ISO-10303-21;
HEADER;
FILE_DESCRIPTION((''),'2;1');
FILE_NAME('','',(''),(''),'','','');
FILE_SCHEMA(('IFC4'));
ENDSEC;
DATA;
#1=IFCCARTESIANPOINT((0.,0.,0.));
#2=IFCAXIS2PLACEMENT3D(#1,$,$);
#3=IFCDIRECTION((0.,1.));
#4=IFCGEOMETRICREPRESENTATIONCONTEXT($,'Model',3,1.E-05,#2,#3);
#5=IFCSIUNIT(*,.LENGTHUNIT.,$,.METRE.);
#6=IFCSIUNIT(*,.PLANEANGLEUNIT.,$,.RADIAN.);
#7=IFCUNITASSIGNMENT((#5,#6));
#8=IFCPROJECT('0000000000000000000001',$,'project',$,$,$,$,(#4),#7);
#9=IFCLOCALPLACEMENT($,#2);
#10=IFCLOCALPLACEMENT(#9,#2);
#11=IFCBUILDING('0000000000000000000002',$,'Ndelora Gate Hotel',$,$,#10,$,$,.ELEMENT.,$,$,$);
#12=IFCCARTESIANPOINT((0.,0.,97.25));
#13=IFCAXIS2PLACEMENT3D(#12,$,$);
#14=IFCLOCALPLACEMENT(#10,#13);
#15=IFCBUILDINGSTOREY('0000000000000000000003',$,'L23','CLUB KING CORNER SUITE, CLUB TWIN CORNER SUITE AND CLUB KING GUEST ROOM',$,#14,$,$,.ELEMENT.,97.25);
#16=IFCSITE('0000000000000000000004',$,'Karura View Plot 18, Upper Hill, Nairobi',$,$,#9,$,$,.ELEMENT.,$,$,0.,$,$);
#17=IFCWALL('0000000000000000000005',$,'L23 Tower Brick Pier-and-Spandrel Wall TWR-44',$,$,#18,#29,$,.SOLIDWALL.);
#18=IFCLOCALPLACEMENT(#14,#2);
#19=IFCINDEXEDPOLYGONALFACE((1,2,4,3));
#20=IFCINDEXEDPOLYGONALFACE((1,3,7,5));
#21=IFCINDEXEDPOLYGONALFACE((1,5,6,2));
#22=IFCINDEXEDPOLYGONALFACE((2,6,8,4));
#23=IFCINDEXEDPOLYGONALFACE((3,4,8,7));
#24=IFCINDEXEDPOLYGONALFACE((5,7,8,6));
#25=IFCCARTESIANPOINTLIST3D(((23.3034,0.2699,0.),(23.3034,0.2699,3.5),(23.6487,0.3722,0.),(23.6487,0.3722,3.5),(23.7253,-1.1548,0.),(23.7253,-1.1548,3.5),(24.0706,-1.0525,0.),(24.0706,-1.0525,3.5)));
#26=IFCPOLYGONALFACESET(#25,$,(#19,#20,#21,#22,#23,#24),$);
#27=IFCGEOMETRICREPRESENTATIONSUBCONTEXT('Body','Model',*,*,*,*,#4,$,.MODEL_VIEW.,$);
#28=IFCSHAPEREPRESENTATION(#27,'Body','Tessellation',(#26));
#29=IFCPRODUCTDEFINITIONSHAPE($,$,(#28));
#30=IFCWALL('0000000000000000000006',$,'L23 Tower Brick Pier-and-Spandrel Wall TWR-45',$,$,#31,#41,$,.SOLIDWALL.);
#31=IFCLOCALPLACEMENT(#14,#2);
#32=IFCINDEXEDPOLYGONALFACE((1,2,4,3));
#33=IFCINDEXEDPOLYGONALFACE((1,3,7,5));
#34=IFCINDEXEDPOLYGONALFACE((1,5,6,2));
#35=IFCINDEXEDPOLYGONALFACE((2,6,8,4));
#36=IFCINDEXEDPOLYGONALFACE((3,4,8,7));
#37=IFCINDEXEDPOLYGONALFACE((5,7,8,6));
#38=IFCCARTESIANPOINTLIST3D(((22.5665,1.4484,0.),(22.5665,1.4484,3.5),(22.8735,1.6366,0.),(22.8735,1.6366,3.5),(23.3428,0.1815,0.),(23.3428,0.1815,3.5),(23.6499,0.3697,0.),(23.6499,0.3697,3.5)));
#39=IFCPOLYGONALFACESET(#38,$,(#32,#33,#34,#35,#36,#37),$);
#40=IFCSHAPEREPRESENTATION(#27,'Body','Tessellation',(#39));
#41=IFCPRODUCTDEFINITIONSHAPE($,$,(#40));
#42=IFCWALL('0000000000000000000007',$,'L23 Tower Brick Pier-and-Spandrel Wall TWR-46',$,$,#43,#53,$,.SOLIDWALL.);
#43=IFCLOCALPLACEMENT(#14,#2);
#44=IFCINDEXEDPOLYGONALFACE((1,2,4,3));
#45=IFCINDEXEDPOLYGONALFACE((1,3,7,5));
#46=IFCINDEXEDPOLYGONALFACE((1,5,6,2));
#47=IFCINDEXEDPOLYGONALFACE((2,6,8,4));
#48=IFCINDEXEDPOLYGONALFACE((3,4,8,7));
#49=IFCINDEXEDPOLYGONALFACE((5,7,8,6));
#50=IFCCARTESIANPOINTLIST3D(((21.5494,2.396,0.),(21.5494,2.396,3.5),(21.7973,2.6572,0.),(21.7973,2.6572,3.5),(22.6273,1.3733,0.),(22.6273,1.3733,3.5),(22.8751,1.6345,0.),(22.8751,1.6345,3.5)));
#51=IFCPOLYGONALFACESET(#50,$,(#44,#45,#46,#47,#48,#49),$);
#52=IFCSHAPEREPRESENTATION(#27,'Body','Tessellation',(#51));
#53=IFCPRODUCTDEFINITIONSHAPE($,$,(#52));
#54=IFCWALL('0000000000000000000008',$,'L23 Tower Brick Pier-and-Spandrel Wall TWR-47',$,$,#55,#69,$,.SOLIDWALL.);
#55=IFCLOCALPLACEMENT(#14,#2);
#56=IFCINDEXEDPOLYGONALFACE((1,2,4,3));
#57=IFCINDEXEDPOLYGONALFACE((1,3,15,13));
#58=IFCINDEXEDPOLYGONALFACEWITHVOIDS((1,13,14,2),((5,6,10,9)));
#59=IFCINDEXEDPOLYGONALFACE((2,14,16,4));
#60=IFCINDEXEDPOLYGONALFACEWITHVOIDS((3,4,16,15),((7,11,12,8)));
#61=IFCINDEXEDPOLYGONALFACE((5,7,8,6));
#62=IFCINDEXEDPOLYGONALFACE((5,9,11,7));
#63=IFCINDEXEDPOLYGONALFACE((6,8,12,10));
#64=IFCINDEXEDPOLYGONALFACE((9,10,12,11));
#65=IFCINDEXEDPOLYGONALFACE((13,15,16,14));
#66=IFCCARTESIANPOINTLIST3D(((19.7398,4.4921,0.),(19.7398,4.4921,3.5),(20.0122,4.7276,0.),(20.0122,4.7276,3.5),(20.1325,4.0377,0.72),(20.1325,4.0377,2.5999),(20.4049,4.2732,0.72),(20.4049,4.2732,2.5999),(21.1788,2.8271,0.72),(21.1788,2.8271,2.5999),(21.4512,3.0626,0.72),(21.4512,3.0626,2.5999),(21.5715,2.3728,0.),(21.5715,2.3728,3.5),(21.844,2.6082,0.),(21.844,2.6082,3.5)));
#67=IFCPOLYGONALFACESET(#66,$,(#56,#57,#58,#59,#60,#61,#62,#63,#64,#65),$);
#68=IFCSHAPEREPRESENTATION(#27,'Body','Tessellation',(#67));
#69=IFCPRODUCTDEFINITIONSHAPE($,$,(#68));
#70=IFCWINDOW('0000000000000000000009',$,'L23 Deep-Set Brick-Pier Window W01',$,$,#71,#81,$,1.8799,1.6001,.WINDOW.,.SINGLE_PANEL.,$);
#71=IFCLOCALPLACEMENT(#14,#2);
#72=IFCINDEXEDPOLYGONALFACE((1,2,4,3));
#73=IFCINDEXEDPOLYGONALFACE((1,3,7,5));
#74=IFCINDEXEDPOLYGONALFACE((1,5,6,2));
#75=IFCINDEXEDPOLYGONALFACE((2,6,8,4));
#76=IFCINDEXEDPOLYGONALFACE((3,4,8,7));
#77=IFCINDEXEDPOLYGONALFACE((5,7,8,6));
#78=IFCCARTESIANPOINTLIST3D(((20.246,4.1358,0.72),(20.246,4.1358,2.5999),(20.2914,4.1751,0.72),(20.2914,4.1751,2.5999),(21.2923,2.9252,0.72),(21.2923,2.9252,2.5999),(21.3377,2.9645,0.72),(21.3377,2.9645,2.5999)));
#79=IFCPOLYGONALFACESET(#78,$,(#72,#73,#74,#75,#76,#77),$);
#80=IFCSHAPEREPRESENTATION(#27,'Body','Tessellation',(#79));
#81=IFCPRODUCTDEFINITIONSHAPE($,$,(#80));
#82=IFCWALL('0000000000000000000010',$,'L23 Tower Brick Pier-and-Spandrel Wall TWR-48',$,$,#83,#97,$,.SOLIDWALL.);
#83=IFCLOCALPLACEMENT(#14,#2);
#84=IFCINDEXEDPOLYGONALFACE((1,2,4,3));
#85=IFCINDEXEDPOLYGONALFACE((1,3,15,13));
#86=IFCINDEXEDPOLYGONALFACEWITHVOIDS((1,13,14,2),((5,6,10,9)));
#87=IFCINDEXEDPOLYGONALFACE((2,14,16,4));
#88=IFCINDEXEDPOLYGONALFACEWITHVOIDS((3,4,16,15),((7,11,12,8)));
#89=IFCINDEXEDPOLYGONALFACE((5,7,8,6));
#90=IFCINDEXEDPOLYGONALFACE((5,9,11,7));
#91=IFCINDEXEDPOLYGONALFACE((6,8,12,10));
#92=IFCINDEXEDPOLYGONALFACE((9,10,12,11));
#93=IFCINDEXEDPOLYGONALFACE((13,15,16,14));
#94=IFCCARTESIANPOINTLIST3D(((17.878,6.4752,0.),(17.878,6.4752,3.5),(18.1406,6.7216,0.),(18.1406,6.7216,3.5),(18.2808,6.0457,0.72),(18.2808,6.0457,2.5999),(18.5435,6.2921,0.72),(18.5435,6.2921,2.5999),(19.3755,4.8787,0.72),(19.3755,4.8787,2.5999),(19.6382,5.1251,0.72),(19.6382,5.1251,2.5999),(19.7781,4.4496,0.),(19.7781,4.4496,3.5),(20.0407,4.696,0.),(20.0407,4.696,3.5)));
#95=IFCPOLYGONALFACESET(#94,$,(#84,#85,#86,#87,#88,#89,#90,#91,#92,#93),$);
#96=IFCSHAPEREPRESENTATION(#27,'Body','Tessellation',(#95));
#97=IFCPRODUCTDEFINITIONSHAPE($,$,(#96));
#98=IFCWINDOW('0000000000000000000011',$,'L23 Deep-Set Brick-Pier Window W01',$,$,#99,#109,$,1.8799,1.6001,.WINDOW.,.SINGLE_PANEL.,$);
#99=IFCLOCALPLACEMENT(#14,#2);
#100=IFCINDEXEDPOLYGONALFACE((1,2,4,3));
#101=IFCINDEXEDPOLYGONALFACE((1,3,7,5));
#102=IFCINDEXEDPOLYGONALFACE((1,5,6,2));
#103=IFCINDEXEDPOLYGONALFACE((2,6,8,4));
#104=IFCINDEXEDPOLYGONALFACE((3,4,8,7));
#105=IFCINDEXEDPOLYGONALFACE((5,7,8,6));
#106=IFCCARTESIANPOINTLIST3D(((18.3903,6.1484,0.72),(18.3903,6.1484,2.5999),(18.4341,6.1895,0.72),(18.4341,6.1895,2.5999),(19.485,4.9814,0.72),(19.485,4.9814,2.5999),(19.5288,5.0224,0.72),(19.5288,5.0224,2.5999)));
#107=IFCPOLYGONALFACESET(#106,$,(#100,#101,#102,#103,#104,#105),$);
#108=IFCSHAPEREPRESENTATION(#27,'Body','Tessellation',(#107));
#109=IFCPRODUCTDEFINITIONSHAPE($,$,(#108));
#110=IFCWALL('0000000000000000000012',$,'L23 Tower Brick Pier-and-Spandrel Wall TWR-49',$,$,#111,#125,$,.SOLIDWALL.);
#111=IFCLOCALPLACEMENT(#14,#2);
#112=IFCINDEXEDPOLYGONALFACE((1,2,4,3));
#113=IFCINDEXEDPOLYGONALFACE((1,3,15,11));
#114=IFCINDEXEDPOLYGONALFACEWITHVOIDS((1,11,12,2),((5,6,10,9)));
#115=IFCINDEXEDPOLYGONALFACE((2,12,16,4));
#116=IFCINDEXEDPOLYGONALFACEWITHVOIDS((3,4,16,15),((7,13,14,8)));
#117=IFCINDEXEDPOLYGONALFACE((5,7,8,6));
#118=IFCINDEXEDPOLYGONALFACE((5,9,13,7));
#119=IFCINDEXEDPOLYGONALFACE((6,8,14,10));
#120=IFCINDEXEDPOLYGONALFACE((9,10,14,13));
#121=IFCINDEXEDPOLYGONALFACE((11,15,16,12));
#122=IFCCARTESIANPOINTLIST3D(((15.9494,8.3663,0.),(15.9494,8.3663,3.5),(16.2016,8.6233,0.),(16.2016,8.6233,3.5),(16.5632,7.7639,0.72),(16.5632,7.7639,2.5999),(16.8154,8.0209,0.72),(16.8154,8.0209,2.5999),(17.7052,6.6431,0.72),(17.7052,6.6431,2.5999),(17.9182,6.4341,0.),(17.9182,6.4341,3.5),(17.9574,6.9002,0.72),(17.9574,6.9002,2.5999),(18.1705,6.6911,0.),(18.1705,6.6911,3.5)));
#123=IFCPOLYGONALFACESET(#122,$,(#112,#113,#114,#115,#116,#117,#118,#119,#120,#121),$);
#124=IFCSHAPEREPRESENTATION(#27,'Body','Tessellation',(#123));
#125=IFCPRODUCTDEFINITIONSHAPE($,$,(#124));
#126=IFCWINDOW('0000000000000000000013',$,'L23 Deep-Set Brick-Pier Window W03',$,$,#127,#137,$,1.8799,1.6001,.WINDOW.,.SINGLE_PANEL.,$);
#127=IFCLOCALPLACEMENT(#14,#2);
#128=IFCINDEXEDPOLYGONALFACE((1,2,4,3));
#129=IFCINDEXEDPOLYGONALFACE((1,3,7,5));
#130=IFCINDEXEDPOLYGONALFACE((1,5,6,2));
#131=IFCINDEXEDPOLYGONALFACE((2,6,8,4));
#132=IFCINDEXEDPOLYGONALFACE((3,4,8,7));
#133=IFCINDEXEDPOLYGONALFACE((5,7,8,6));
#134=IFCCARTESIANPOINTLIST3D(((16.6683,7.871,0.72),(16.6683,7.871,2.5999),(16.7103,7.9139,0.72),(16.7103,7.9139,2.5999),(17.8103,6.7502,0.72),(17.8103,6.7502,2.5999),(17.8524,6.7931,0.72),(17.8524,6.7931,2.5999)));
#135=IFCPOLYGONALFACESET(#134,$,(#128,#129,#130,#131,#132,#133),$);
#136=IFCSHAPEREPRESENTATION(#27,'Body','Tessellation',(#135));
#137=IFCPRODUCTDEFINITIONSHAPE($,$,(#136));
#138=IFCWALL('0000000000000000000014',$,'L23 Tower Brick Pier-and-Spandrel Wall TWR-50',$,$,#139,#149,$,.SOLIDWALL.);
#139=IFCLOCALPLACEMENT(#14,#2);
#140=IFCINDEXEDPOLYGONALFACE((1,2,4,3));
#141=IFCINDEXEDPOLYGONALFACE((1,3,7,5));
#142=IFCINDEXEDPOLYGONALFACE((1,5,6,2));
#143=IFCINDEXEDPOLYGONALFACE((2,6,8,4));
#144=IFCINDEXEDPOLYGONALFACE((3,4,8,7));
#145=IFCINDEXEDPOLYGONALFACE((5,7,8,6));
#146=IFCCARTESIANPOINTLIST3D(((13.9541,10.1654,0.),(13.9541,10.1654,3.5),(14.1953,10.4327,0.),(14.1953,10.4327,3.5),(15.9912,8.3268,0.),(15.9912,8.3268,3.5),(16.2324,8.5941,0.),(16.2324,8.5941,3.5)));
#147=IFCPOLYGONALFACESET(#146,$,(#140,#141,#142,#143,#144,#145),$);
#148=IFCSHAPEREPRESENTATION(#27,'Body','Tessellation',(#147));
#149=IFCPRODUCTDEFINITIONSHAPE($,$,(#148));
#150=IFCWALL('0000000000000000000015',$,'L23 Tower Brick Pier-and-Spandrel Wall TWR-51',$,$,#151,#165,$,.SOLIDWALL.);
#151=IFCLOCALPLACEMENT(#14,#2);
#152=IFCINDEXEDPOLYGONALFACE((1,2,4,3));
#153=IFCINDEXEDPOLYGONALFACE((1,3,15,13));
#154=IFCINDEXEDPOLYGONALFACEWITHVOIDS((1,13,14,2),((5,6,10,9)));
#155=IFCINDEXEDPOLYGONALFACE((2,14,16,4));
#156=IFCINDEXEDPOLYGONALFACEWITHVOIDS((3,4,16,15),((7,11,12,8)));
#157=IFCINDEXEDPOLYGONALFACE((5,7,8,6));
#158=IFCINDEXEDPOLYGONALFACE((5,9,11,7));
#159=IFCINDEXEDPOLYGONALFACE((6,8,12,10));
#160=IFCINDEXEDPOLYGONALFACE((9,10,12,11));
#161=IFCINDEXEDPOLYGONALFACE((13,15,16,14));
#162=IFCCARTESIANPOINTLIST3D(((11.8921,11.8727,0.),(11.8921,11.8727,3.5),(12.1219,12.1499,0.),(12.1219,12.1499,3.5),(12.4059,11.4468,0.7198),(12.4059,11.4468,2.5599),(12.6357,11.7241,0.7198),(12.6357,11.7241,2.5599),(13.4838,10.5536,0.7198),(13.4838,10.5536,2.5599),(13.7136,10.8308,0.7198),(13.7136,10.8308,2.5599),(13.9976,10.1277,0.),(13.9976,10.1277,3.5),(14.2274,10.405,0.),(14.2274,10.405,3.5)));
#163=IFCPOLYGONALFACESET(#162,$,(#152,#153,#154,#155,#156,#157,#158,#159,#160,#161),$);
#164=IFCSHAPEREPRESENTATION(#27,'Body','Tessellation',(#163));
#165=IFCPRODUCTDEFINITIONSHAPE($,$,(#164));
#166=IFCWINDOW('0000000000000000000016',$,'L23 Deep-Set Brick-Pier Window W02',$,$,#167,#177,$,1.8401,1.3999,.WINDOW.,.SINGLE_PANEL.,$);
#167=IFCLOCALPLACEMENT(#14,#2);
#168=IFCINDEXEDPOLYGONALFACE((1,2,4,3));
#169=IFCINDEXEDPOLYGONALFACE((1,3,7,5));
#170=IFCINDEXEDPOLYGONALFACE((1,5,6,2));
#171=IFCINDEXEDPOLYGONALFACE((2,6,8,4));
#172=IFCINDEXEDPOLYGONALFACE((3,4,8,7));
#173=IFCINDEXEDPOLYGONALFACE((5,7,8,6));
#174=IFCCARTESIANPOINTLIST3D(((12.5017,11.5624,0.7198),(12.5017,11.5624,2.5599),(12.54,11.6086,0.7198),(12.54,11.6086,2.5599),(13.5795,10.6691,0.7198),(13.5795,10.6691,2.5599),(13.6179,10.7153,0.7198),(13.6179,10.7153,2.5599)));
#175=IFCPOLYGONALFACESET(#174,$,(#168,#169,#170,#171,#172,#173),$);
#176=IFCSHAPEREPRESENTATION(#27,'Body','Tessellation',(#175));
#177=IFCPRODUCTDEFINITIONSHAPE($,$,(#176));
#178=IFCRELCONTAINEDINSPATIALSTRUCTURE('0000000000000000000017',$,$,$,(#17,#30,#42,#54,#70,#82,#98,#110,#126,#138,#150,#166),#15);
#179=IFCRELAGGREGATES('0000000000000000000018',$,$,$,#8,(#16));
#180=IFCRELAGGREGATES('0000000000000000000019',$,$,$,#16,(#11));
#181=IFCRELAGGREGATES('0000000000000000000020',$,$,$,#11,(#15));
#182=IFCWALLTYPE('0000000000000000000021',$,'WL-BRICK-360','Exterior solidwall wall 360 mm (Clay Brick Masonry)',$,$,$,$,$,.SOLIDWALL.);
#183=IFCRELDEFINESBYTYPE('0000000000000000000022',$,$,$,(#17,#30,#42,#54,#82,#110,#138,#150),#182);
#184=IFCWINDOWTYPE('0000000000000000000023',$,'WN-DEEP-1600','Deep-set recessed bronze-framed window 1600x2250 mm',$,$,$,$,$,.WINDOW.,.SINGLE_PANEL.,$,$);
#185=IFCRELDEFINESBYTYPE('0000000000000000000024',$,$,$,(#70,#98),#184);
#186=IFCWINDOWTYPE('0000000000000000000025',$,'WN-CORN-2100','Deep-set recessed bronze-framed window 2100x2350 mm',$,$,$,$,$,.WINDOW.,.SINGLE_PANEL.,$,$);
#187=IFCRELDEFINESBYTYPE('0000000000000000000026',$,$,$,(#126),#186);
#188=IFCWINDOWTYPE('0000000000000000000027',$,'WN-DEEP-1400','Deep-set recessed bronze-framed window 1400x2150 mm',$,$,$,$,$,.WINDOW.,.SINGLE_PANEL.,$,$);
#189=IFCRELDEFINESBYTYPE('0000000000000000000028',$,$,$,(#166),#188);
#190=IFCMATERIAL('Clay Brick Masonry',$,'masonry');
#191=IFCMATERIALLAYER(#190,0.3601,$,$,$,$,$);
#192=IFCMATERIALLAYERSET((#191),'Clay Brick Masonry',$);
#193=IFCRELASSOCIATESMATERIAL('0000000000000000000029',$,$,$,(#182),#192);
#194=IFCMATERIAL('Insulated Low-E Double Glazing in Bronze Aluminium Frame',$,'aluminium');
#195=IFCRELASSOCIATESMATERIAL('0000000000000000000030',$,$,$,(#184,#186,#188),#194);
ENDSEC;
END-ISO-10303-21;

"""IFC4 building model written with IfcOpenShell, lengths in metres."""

from ifc_helpers import new_model, si_unit, direction, frame, frame_2d, origin, place, context, subcontext, project, spatial, rectangle, extrude, material, layer, layer_set, type_object, element, fill, save


model = new_model("IFC4")

# Units and contexts
model_context = context("Model", 3, precision=1e-05, world=origin(), true_north=direction((0.0, 1.0)))
body_context = subcontext(model_context, "Body", "Model", "MODEL_VIEW")
ifc_project = project(units=[si_unit("LENGTHUNIT", "METRE"), si_unit("PLANEANGLEUNIT", "RADIAN")], contexts=[model_context])

# Site, building, storey
site_placement = place(None, origin())
site = spatial("IfcSite", under=ifc_project, at=site_placement, Name="Karura View Plot 18, Upper Hill, Nairobi", CompositionType="ELEMENT", RefElevation=0.0)
building_placement = place(site_placement, origin())
building = spatial("IfcBuilding", under=site, at=building_placement, Name="Ndelora Gate Hotel", CompositionType="ELEMENT")
storey_placement = place(building_placement, frame((0.0, 0.0, 97.25)))
storey = spatial("IfcBuildingStorey", under=building, at=storey_placement, Name="L23", Description="CLUB KING CORNER SUITE, CLUB TWIN CORNER SUITE AND CLUB KING GUEST ROOM", CompositionType="ELEMENT", Elevation=97.25)

# Walls
ifc_material_1 = material(Name="Clay Brick Masonry", Category="masonry")
ifc_layer_1 = layer(ifc_material_1, 0.3601)
ifc_layer_set_1 = layer_set([ifc_layer_1], Name="Clay Brick Masonry")
wall_type_1 = type_object("IfcWallType", Name="WL-BRICK-360", Description="Exterior solidwall wall 360 mm (Clay Brick Masonry)", PredefinedType="SOLIDWALL", material=ifc_layer_set_1)
for number, where, z_axis, x_axis, name in (
    (1, (23.4761, 0.321, 0.0), (0.0, 0.0, 1.0), (0.283909, -0.958851, 0.0), "L23 Tower Brick Pier-and-Spandrel Wall TWR-44"),
    (2, (22.72, 1.5425, 0.0), (0.0, 0.0, 1.0), (0.52252, -0.852627, 0.0), "L23 Tower Brick Pier-and-Spandrel Wall TWR-45"),
    (3, (21.6733, 2.5266, 0.0), (0.0, 0.0, 1.0), (0.72543, -0.688296, 0.0), "L23 Tower Brick Pier-and-Spandrel Wall TWR-46"),
):
    element("IfcWall", number, at=place(storey_placement, frame(where, z_axis=z_axis, x_axis=x_axis)), inside=storey, type_object=wall_type_1, Name=name, PredefinedType="SOLIDWALL", context=body_context, shape_type="SweptSolid", body=[
        extrude(rectangle(XDim=1.4858, YDim=0.3601, at=frame_2d((0.7429, 0.0))), origin(), (0.0, 0.0, 1.0), 3.5),
    ])

# Walls, openings, windows
wall_1_placement = place(storey_placement, frame((19.876, 4.6099, 0.0), z_axis=(0.0, 0.0, 1.0), x_axis=(0.653908, -0.756574, 0.0)))
wall_1 = element("IfcWall", 4, at=wall_1_placement, inside=storey, type_object=wall_type_1, Name="L23 Tower Brick Pier-and-Spandrel Wall TWR-47", PredefinedType="SOLIDWALL", context=body_context, shape_type="SweptSolid", body=[
    extrude(rectangle(XDim=2.8013, YDim=0.3601, at=frame_2d((1.4006, 0.0))), origin(), (0.0, 0.0, 1.0), 3.5),
])
opening_1_placement = place(wall_1_placement, frame((0.6006, 0.0, 0.72)))
opening_1 = element("IfcOpeningElement", 5, at=opening_1_placement, cuts=wall_1, PredefinedType="OPENING", context=body_context, shape_type="SweptSolid", body=[
    extrude(rectangle(XDim=1.6001, YDim=1.8799, at=frame_2d((0.8, 0.9399))), frame((0.0, 0.1899, 0.0), z_axis=(0.0, -1.0, 0.0), x_axis=(1.0, 0.0, 0.0)), (0.0, 0.0, 1.0), 0.3801),
])
ifc_material_2 = material(Name="Insulated Low-E Double Glazing in Bronze Aluminium Frame", Category="aluminium")
window_type_1 = type_object("IfcWindowType", Name="WN-DEEP-1600", Description="Deep-set recessed bronze-framed window 1600x2250 mm", PartitioningType="SINGLE_PANEL", PredefinedType="WINDOW", material=ifc_material_2)
window_1_placement = place(opening_1_placement, origin())
window_1 = element("IfcWindow", 6, at=window_1_placement, inside=storey, type_object=window_type_1, Name="L23 Deep-Set Brick-Pier Window W01", OverallHeight=1.8799, OverallWidth=1.6001, PartitioningType="SINGLE_PANEL", PredefinedType="WINDOW", context=body_context, shape_type="SweptSolid", body=[
    extrude(rectangle(XDim=1.6001, YDim=1.8799, at=frame_2d((0.8, 0.9399))), frame((0.0, 0.03, 0.0), z_axis=(0.0, -1.0, 0.0), x_axis=(1.0, 0.0, 0.0)), (0.0, 0.0, 1.0), 0.0601),
])
fill(opening_1, window_1)
wall_2_placement = place(storey_placement, frame((18.0093, 6.5984, 0.0), z_axis=(0.0, 0.0, 1.0), x_axis=(0.684155, -0.729337, 0.0)))
wall_2 = element("IfcWall", 7, at=wall_2_placement, inside=storey, type_object=wall_type_1, Name="L23 Tower Brick Pier-and-Spandrel Wall TWR-48", PredefinedType="SOLIDWALL", context=body_context, shape_type="SweptSolid", body=[
    extrude(rectangle(XDim=2.7773, YDim=0.3601, at=frame_2d((1.3887, 0.0))), origin(), (0.0, 0.0, 1.0), 3.5),
])
opening_2_placement = place(wall_2_placement, frame((0.5889, 0.0, 0.72)))
opening_2 = element("IfcOpeningElement", 8, at=opening_2_placement, cuts=wall_2, PredefinedType="OPENING", context=body_context, shape_type="SweptSolid", body=[
    extrude(rectangle(XDim=1.6001, YDim=1.8799, at=frame_2d((0.8, 0.9399))), frame((0.0, 0.1899, 0.0), z_axis=(0.0, -1.0, 0.0), x_axis=(1.0, 0.0, 0.0)), (0.0, 0.0, 1.0), 0.3801),
])
window_2_placement = place(opening_2_placement, origin())
window_2 = element("IfcWindow", 9, at=window_2_placement, inside=storey, type_object=window_type_1, Name="L23 Deep-Set Brick-Pier Window W01", OverallHeight=1.8799, OverallWidth=1.6001, PartitioningType="SINGLE_PANEL", PredefinedType="WINDOW", context=body_context, shape_type="SweptSolid", body=[
    extrude(rectangle(XDim=1.6001, YDim=1.8799, at=frame_2d((0.8, 0.9399))), frame((0.0, 0.03, 0.0), z_axis=(0.0, -1.0, 0.0), x_axis=(1.0, 0.0, 0.0)), (0.0, 0.0, 1.0), 0.0601),
])
fill(opening_2, window_2)
wall_3_placement = place(storey_placement, frame((16.0754, 8.4949, 0.0), z_axis=(0.0, 0.0, 1.0), x_axis=(0.713714, -0.700438, 0.0)))
wall_3 = element("IfcWall", 10, at=wall_3_placement, inside=storey, type_object=wall_type_1, Name="L23 Tower Brick Pier-and-Spandrel Wall TWR-49", PredefinedType="SOLIDWALL", context=body_context, shape_type="SweptSolid", body=[
    extrude(rectangle(XDim=2.7585, YDim=0.3601, at=frame_2d((1.3794, 0.0))), origin(), (0.0, 0.0, 1.0), 3.5),
])
opening_3_placement = place(wall_3_placement, frame((0.8601, 0.0, 0.72)))
opening_3 = element("IfcOpeningElement", 11, at=opening_3_placement, cuts=wall_3, PredefinedType="OPENING", context=body_context, shape_type="SweptSolid", body=[
    extrude(rectangle(XDim=1.6001, YDim=1.8799, at=frame_2d((0.8, 0.9399))), frame((0.0, 0.1899, 0.0), z_axis=(0.0, -1.0, 0.0), x_axis=(1.0, 0.0, 0.0)), (0.0, 0.0, 1.0), 0.3801),
])
window_type_2 = type_object("IfcWindowType", Name="WN-CORN-2100", Description="Deep-set recessed bronze-framed window 2100x2350 mm", PartitioningType="SINGLE_PANEL", PredefinedType="WINDOW", material=ifc_material_2)
window_3_placement = place(opening_3_placement, origin())
window_3 = element("IfcWindow", 12, at=window_3_placement, inside=storey, type_object=window_type_2, Name="L23 Deep-Set Brick-Pier Window W03", OverallHeight=1.8799, OverallWidth=1.6001, PartitioningType="SINGLE_PANEL", PredefinedType="WINDOW", context=body_context, shape_type="SweptSolid", body=[
    extrude(rectangle(XDim=1.6001, YDim=1.8799, at=frame_2d((0.8, 0.9399))), frame((0.0, 0.03, 0.0), z_axis=(0.0, -1.0, 0.0), x_axis=(1.0, 0.0, 0.0)), (0.0, 0.0, 1.0), 0.0601),
])
fill(opening_3, window_3)

# Wall
wall_4_placement = place(storey_placement, frame((14.0747, 10.2991, 0.0), z_axis=(0.0, 0.0, 1.0), x_axis=(0.742347, -0.670016, 0.0)))
element("IfcWall", 13, at=wall_4_placement, inside=storey, type_object=wall_type_1, Name="L23 Tower Brick Pier-and-Spandrel Wall TWR-50", PredefinedType="SOLIDWALL", context=body_context, shape_type="SweptSolid", body=[
    extrude(rectangle(XDim=2.7441, YDim=0.3601, at=frame_2d((1.3721, 0.0))), origin(), (0.0, 0.0, 1.0), 3.5),
])

# Wall, opening, window
wall_5_placement = place(storey_placement, frame((12.0071, 12.0112, 0.0), z_axis=(0.0, 0.0, 1.0), x_axis=(0.76996, -0.638092, 0.0)))
wall_5 = element("IfcWall", 14, at=wall_5_placement, inside=storey, type_object=wall_type_1, Name="L23 Tower Brick Pier-and-Spandrel Wall TWR-51", PredefinedType="SOLIDWALL", context=body_context, shape_type="SweptSolid", body=[
    extrude(rectangle(XDim=2.7346, YDim=0.3601, at=frame_2d((1.3672, 0.0))), origin(), (0.0, 0.0, 1.0), 3.5),
])
opening_4_placement = place(wall_5_placement, frame((0.6672, 0.0, 0.72)))
opening_4 = element("IfcOpeningElement", 15, at=opening_4_placement, cuts=wall_5, PredefinedType="OPENING", context=body_context, shape_type="SweptSolid", body=[
    extrude(rectangle(XDim=1.3999, YDim=1.8401, at=frame_2d((0.7, 0.9199))), frame((0.0, 0.1899, 0.0), z_axis=(0.0, -1.0, 0.0), x_axis=(1.0, 0.0, 0.0)), (0.0, 0.0, 1.0), 0.3801),
])
window_type_3 = type_object("IfcWindowType", Name="WN-DEEP-1400", Description="Deep-set recessed bronze-framed window 1400x2150 mm", PartitioningType="SINGLE_PANEL", PredefinedType="WINDOW", material=ifc_material_2)
window_4_placement = place(opening_4_placement, origin())
window_4 = element("IfcWindow", 16, at=window_4_placement, inside=storey, type_object=window_type_3, Name="L23 Deep-Set Brick-Pier Window W02", OverallHeight=1.8401, OverallWidth=1.3999, PartitioningType="SINGLE_PANEL", PredefinedType="WINDOW", context=body_context, shape_type="SweptSolid", body=[
    extrude(rectangle(XDim=1.3999, YDim=1.8401, at=frame_2d((0.7, 0.9199))), frame((0.0, 0.03, 0.0), z_axis=(0.0, -1.0, 0.0), x_axis=(1.0, 0.0, 0.0)), (0.0, 0.0, 1.0), 0.0601),
])
fill(opening_4, window_4)

save(model, "model.ifc")
